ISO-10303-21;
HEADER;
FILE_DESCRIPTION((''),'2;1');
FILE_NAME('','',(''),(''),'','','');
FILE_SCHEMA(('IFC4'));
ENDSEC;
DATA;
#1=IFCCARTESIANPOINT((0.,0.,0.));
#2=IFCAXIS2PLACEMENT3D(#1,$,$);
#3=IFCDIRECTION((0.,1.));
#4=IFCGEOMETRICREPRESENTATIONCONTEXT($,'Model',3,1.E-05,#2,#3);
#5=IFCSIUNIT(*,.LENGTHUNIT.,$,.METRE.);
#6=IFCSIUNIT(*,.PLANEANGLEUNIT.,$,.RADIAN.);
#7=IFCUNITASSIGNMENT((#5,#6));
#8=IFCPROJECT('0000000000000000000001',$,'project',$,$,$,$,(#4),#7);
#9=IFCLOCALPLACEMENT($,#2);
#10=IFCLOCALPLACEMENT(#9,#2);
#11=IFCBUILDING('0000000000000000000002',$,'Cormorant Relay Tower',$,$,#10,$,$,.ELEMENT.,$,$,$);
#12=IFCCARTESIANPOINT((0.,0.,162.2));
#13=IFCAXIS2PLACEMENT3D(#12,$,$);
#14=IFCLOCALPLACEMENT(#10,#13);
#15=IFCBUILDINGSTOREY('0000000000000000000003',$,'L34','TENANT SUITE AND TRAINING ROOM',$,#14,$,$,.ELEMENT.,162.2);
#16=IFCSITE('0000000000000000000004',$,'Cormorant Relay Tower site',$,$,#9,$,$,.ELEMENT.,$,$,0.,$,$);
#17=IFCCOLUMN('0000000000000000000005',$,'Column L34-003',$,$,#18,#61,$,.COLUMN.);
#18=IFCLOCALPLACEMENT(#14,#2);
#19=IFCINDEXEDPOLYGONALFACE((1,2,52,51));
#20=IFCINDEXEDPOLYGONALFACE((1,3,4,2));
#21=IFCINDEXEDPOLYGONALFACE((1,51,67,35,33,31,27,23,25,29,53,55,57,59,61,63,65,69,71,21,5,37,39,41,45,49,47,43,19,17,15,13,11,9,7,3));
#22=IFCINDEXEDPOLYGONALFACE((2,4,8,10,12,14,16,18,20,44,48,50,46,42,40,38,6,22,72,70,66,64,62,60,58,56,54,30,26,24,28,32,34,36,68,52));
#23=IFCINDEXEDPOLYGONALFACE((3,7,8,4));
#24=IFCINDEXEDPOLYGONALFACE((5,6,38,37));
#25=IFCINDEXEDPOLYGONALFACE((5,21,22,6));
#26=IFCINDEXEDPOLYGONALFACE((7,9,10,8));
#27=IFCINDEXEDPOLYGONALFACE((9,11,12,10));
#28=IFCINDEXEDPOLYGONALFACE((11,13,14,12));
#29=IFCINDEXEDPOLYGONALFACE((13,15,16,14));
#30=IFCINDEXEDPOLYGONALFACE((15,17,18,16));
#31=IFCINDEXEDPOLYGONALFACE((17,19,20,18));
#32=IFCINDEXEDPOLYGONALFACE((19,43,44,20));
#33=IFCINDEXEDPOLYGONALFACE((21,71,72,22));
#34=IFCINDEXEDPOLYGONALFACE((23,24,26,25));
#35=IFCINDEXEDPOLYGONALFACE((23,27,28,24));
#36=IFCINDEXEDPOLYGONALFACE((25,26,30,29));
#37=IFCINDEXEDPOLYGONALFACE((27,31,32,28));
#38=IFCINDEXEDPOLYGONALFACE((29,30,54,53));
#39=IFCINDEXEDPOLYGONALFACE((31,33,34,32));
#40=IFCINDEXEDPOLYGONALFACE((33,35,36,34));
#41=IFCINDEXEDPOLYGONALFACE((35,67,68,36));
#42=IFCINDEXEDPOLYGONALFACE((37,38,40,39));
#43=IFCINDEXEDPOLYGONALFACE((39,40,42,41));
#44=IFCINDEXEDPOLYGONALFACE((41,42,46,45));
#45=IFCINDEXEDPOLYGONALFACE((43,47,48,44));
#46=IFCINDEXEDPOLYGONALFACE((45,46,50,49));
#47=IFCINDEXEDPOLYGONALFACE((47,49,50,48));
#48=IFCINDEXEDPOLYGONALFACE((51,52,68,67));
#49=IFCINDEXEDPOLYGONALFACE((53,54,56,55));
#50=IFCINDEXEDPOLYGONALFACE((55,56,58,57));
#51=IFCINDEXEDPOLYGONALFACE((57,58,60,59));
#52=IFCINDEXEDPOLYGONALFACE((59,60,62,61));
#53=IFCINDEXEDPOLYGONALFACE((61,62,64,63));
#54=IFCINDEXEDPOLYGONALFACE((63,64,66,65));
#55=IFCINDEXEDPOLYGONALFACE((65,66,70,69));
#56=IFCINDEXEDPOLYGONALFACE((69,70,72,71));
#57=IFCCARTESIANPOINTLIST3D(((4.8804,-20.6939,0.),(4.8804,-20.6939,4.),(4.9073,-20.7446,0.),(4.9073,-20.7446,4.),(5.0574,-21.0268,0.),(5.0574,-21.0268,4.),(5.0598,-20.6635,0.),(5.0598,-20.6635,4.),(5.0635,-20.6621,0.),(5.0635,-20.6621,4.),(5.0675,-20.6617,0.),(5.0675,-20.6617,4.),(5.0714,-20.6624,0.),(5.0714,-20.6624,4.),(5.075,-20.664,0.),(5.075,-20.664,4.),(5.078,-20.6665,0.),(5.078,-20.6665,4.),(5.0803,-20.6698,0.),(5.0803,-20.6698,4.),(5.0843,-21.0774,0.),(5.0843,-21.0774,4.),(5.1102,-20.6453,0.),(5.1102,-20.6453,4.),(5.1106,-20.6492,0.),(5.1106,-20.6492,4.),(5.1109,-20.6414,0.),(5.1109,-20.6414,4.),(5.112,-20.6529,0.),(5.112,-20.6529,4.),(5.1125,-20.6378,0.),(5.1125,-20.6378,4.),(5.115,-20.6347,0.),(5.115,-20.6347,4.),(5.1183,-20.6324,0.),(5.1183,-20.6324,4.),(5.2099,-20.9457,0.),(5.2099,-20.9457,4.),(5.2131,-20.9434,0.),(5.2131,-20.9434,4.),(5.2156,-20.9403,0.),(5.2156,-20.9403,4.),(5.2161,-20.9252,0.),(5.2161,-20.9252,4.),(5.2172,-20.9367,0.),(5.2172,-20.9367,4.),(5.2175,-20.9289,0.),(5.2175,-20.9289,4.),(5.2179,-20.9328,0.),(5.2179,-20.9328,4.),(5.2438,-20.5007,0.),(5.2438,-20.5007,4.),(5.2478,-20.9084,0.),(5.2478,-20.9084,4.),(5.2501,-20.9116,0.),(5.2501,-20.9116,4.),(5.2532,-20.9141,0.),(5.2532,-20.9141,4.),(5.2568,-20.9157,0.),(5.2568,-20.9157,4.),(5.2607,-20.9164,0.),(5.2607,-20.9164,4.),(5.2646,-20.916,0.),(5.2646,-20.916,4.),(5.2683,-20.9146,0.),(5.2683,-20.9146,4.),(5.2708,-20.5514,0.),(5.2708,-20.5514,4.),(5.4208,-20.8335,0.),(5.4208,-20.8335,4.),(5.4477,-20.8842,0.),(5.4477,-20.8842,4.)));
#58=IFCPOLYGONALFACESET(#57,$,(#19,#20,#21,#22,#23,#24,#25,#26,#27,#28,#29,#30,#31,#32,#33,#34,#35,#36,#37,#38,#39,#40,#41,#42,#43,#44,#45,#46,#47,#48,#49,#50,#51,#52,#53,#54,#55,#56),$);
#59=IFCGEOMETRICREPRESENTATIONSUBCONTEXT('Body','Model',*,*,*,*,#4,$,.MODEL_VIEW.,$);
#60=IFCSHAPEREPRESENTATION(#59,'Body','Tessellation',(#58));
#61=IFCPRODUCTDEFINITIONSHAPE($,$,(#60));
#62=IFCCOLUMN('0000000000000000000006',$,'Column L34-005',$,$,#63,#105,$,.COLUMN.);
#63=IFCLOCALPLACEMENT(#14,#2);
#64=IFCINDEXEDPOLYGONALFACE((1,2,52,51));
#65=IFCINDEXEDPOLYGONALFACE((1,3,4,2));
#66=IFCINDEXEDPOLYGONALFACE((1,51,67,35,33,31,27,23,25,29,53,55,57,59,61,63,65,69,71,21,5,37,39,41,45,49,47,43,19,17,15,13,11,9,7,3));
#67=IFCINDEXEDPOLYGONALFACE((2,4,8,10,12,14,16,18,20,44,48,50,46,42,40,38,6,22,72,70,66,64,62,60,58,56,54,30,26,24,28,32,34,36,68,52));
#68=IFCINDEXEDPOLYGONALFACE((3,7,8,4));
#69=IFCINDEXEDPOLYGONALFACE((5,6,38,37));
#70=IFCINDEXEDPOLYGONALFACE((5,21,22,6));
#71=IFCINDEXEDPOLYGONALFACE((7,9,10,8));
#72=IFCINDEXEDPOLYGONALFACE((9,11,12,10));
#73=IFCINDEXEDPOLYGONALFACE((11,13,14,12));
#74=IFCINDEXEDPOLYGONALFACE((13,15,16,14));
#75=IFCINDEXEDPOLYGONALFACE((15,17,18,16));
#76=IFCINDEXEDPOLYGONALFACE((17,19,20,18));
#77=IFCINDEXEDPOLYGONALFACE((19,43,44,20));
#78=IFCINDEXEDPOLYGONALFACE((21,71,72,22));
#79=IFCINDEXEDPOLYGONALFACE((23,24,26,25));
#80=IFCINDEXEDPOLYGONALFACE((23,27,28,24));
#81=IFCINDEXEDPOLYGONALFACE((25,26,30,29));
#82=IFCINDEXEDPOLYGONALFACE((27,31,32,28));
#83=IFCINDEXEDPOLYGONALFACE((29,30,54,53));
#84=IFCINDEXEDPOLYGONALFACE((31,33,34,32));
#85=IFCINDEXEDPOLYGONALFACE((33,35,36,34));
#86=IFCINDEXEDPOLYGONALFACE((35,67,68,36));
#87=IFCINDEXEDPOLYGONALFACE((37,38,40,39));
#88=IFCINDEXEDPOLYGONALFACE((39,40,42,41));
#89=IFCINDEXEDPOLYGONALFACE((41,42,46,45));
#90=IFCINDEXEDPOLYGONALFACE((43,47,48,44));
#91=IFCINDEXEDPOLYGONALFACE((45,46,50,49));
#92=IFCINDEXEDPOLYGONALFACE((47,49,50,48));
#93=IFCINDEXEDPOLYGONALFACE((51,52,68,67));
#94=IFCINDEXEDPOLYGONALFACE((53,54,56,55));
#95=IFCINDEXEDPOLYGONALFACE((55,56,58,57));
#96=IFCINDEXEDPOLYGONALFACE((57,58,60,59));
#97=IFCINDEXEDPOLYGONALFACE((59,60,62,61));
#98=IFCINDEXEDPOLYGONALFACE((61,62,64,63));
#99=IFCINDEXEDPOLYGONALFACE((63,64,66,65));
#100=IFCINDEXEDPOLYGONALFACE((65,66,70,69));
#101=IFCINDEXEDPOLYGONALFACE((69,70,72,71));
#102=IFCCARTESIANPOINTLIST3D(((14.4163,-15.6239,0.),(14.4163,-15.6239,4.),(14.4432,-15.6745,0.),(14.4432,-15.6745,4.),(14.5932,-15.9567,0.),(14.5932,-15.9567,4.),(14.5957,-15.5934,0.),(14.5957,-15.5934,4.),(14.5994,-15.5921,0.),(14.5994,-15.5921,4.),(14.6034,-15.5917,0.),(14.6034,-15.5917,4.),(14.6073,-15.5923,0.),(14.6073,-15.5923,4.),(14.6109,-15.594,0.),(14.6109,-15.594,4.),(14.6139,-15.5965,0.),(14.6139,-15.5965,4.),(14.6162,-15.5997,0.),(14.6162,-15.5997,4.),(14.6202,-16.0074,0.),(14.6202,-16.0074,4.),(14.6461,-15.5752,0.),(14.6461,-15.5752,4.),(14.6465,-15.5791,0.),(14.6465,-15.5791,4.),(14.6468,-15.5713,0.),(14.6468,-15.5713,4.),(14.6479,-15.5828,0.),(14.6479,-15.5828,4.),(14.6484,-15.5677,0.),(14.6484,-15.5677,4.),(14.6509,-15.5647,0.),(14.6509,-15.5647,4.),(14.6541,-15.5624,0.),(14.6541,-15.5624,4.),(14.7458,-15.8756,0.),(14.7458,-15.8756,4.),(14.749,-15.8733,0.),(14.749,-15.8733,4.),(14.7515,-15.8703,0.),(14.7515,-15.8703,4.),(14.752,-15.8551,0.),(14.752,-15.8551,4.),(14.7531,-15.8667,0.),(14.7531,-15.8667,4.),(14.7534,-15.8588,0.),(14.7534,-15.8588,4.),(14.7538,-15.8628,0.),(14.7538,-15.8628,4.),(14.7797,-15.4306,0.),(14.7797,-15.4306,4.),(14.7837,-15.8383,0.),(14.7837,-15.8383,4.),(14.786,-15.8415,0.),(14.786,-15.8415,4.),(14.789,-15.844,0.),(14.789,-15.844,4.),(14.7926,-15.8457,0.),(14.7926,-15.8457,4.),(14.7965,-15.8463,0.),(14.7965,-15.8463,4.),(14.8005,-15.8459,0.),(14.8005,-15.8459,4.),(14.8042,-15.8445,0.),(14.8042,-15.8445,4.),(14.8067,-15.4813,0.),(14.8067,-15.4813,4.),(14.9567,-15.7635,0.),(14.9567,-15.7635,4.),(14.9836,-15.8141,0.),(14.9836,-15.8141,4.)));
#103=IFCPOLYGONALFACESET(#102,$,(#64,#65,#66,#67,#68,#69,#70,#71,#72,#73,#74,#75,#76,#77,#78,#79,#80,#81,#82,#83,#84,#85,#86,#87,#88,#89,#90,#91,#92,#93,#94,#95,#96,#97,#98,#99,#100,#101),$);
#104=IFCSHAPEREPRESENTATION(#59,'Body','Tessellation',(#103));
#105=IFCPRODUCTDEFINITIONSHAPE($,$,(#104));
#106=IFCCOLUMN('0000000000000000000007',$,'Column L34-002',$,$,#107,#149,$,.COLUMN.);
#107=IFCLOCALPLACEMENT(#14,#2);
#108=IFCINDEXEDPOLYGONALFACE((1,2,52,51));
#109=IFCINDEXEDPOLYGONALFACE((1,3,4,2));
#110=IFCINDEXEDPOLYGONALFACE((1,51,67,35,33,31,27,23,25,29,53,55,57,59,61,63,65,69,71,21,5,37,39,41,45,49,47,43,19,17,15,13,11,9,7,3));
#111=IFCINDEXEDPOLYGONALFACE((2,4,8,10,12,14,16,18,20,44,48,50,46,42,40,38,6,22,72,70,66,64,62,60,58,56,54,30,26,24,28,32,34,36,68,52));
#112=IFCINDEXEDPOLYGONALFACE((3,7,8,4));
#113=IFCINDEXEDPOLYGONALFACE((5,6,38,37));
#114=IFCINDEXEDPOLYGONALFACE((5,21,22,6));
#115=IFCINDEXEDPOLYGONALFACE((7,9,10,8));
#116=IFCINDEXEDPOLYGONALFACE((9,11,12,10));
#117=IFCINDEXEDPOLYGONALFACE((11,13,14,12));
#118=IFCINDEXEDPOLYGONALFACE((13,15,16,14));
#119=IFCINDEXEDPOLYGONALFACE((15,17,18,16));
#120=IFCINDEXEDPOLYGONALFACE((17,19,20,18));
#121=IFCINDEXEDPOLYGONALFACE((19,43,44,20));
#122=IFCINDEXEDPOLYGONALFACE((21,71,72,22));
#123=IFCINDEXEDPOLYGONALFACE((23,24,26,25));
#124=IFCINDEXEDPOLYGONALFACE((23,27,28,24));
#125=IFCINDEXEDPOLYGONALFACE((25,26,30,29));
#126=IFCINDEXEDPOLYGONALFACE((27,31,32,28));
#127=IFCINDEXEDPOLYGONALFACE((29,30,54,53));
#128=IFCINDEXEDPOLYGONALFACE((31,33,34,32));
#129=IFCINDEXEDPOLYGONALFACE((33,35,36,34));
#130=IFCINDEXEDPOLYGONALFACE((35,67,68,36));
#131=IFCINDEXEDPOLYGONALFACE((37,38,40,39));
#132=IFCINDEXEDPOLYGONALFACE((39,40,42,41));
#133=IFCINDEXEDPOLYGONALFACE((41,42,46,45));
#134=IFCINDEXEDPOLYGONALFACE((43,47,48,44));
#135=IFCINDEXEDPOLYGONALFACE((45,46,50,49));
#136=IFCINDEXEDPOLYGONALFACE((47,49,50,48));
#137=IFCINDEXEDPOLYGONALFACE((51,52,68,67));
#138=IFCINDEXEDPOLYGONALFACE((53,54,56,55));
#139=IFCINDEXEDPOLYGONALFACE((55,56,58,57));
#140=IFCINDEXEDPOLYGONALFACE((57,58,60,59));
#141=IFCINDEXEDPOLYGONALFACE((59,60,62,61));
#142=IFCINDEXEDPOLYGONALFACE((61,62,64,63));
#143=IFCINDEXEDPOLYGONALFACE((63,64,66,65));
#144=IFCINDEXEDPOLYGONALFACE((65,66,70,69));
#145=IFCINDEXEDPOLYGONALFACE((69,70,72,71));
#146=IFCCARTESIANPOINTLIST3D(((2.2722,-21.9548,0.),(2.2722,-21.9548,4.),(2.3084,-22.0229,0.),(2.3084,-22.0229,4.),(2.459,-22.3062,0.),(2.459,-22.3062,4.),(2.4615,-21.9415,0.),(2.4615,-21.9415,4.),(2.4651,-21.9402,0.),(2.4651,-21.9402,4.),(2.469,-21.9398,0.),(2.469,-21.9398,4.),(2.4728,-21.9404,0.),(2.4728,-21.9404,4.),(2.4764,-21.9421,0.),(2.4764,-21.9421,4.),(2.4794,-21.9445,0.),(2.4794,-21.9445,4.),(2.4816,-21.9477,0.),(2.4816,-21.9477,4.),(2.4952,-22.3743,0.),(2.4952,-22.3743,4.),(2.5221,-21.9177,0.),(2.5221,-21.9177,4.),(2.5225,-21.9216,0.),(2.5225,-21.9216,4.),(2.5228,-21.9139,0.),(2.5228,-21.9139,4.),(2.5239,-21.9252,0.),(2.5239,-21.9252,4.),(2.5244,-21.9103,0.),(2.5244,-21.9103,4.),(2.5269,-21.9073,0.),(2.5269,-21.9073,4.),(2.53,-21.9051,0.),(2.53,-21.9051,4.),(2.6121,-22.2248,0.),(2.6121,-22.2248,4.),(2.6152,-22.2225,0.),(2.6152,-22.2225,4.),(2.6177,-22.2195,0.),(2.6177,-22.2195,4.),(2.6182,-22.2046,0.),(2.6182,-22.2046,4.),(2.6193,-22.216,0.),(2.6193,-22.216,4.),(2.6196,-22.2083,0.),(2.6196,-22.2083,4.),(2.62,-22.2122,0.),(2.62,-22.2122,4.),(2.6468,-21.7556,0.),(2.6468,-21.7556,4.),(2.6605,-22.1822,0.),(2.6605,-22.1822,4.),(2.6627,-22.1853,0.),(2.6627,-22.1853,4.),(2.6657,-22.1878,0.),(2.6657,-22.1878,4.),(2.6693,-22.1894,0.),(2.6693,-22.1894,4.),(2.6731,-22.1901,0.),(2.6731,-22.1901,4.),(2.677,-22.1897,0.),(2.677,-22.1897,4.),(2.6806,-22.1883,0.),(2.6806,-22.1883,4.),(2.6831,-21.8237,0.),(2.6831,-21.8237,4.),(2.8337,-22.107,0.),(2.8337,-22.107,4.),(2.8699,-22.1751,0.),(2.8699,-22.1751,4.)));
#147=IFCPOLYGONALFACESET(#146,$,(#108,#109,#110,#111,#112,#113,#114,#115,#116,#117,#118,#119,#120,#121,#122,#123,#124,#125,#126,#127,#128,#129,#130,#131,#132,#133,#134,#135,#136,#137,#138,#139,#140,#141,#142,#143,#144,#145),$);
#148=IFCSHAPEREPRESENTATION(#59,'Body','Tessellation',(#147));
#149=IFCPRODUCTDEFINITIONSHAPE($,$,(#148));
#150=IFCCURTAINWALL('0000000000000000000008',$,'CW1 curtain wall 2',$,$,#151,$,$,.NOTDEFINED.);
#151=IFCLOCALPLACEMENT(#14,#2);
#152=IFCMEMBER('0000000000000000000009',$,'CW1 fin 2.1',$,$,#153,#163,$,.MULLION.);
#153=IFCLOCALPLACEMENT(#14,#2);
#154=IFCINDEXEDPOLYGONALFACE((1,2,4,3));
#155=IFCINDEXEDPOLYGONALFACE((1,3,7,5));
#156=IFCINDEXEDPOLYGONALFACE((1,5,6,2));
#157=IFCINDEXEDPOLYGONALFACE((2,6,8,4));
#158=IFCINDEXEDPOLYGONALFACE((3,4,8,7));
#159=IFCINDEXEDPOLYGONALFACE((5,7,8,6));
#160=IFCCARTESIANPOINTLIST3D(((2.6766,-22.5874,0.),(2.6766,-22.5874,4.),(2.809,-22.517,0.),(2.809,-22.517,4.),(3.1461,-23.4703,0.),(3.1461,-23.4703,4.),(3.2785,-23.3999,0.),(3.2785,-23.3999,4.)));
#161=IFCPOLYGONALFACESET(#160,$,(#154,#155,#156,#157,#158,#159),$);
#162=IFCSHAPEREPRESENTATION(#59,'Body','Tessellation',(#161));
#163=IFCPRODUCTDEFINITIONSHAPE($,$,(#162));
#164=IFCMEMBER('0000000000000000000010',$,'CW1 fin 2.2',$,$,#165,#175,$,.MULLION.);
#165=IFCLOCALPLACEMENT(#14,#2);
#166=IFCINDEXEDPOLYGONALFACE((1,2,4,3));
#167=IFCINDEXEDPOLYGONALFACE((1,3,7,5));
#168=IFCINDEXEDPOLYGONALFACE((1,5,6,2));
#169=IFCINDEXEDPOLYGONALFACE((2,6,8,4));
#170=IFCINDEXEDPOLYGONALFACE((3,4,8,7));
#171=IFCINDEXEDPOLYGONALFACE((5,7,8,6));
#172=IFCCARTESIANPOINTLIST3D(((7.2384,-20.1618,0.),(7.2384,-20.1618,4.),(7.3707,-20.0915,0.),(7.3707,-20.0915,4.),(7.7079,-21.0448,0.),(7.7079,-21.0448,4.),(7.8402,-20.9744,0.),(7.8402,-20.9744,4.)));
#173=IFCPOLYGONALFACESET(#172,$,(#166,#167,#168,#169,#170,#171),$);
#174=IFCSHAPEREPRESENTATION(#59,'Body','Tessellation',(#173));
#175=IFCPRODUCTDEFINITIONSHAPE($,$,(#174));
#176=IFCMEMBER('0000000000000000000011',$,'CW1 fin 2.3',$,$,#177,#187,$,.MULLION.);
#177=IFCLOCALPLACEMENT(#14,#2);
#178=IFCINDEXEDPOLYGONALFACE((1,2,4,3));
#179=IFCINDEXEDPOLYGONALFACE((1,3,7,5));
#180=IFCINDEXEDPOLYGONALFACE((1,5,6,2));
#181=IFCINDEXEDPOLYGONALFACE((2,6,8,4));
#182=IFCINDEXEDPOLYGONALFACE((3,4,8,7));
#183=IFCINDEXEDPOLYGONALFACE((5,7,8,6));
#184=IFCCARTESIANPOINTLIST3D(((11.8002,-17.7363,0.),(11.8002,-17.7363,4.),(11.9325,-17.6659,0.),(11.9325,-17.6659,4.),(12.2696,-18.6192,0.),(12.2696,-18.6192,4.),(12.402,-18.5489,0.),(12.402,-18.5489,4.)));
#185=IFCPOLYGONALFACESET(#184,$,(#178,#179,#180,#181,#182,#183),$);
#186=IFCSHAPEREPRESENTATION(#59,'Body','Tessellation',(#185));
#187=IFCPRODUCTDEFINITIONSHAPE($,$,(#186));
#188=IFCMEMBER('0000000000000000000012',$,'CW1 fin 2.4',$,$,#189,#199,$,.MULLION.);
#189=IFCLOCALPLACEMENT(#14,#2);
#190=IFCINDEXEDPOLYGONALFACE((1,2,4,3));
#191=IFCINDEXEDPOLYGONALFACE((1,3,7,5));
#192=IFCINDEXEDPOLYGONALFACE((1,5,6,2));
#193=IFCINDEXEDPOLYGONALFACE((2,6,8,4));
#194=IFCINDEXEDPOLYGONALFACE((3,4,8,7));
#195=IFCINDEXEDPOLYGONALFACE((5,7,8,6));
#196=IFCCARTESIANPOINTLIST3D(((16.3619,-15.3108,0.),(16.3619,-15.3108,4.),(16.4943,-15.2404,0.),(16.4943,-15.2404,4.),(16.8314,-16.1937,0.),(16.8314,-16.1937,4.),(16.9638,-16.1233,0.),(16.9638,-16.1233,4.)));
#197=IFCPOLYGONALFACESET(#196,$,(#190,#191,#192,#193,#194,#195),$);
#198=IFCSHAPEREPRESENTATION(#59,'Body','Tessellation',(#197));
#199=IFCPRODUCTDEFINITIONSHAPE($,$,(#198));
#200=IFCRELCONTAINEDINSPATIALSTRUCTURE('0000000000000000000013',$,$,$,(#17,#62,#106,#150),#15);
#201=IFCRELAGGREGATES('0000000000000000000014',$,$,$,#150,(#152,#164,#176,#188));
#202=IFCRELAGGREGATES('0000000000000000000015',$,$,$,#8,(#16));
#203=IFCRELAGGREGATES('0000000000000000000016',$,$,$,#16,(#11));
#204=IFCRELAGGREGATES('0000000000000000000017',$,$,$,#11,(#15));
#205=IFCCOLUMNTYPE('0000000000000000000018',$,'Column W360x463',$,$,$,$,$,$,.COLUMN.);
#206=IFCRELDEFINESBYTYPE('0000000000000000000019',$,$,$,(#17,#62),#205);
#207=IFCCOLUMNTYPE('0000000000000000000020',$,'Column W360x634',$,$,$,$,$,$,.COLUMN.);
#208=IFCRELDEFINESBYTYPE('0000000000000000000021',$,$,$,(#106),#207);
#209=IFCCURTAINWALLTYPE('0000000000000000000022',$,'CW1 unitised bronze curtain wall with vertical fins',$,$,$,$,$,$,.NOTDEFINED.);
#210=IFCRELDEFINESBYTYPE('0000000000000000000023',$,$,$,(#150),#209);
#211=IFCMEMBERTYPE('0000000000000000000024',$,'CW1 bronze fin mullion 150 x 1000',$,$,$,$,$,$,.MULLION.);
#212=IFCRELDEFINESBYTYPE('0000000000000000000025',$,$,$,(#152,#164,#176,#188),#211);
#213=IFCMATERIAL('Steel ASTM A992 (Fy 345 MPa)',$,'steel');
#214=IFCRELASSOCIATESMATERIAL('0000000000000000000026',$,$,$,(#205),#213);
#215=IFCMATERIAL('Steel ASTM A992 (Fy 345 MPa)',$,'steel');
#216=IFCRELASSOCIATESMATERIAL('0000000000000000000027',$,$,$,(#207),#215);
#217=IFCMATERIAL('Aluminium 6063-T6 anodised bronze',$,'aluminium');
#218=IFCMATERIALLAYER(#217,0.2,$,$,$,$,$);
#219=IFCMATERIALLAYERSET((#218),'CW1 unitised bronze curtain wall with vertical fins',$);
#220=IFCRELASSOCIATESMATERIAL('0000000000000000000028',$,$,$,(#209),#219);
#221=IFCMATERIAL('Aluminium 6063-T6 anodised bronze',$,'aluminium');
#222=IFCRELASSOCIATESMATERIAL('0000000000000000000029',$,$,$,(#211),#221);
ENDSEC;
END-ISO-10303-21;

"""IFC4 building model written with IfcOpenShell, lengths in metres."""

from ifc_helpers import new_model, si_unit, direction, frame, origin, origin_2d, place, context, subcontext, project, spatial, rectangle, i_section, extrude, material, layer, layer_set, material_profile, profile_set, type_object, element, aggregate, save


model = new_model("IFC4")

# Units and contexts
model_context = context("Model", 3, precision=1e-05, world=origin(), true_north=direction((0.0, 1.0)))
body_context = subcontext(model_context, "Body", "Model", "MODEL_VIEW")
ifc_project = project(units=[si_unit("LENGTHUNIT", "METRE"), si_unit("PLANEANGLEUNIT", "RADIAN")], contexts=[model_context])

# Site, building, storey
site_placement = place(None, origin())
site = spatial("IfcSite", under=ifc_project, at=site_placement, Name="Cormorant Relay Tower site", CompositionType="ELEMENT", RefElevation=0.0)
building_placement = place(site_placement, origin())
building = spatial("IfcBuilding", under=site, at=building_placement, Name="Cormorant Relay Tower", CompositionType="ELEMENT")
storey_placement = place(building_placement, frame((0.0, 0.0, 162.2)))
storey = spatial("IfcBuildingStorey", under=building, at=storey_placement, Name="L34", Description="TENANT SUITE AND TRAINING ROOM", CompositionType="ELEMENT", Elevation=162.2)

# Columns
ifc_material_1 = material(Name="Steel ASTM A992 (Fy 345 MPa)", Category="steel")
ifc_material_profile_1 = material_profile(ifc_material_1, i_section(OverallWidth=0.4116, OverallDepth=0.4343, WebThickness=0.0359, FlangeThickness=0.0574, FilletRadius=0.0151, at=origin_2d()), Name="W360x463")
ifc_profile_set_1 = profile_set([ifc_material_profile_1], Name="Steel ASTM A992 (Fy 345 MPa)")
column_type_1 = type_object("IfcColumnType", Name="Column W360x463", PredefinedType="COLUMN", material=ifc_profile_set_1)
for number, where, z_axis, x_axis, name in (
    (1, (5.1641, -20.7891, 0.0), (0.0, 0.0, 1.0), (0.882948, 0.469472, 0.0), "Column L34-003"),
    (2, (14.7, -15.719, 0.0), (0.0, 0.0, 1.0), (0.882948, 0.469472, 0.0), "Column L34-005"),
):
    element("IfcColumn", number, at=place(storey_placement, frame(where, z_axis=z_axis, x_axis=x_axis)), inside=storey, type_object=column_type_1, Name=name, PredefinedType="COLUMN", context=body_context, shape_type="SweptSolid", body=[
        extrude(i_section(OverallWidth=0.4116, OverallDepth=0.4343, WebThickness=0.0359, FlangeThickness=0.0574, FilletRadius=0.0151, at=origin_2d()), origin(), (0.0, 0.0, 1.0), 4.0),
    ])
ifc_material_2 = material(Name="Steel ASTM A992 (Fy 345 MPa)", Category="steel")
ifc_material_profile_2 = material_profile(ifc_material_2, i_section(OverallWidth=0.4243, OverallDepth=0.4751, WebThickness=0.0479, FlangeThickness=0.0771, FilletRadius=0.0149, at=origin_2d()), Name="W360x634")
ifc_profile_set_2 = profile_set([ifc_material_profile_2], Name="Steel ASTM A992 (Fy 345 MPa)")
column_type_2 = type_object("IfcColumnType", Name="Column W360x634", PredefinedType="COLUMN", material=ifc_profile_set_2)
column_placement = place(storey_placement, frame((2.571, -22.0649, 0.0), z_axis=(0.0, 0.0, 1.0), x_axis=(0.882948, 0.469472, 0.0)))
element("IfcColumn", 3, at=column_placement, inside=storey, type_object=column_type_2, Name="Column L34-002", PredefinedType="COLUMN", context=body_context, shape_type="SweptSolid", body=[
    extrude(i_section(OverallWidth=0.4243, OverallDepth=0.4751, WebThickness=0.0479, FlangeThickness=0.0771, FilletRadius=0.0149, at=origin_2d()), origin(), (0.0, 0.0, 1.0), 4.0),
])

# Curtain wall, members
ifc_material_3 = material(Name="Aluminium 6063-T6 anodised bronze", Category="aluminium")
ifc_layer_1 = layer(ifc_material_3, 0.2)
ifc_layer_set_1 = layer_set([ifc_layer_1], Name="CW1 unitised bronze curtain wall with vertical fins")
curtain_wall_type = type_object("IfcCurtainWallType", Name="CW1 unitised bronze curtain wall with vertical fins", PredefinedType="NOTDEFINED", material=ifc_layer_set_1)
curtain_wall_1_placement = place(storey_placement, origin())
curtain_wall_1 = element("IfcCurtainWall", 4, at=curtain_wall_1_placement, inside=storey, type_object=curtain_wall_type, Name="CW1 curtain wall 2", PredefinedType="NOTDEFINED")
ifc_material_4 = material(Name="Aluminium 6063-T6 anodised bronze", Category="aluminium")
ifc_material_profile_3 = material_profile(ifc_material_4, rectangle(XDim=0.1499, YDim=1.0, at=origin_2d()), Name="AL 150x1000")
ifc_profile_set_3 = profile_set([ifc_material_profile_3], Name="Aluminium 6063-T6 anodised bronze")
member_type_1 = type_object("IfcMemberType", Name="CW1 bronze fin mullion 150 x 1000", PredefinedType="MULLION", material=ifc_profile_set_3)
member_1_placement = place(storey_placement, frame((2.9775, -22.9937, 0.0), z_axis=(0.0, 0.0, 1.0), x_axis=(0.882948, 0.469472, 0.0)))
member_1 = element("IfcMember", 5, at=member_1_placement, type_object=member_type_1, Name="CW1 fin 2.1", PredefinedType="MULLION", context=body_context, shape_type="SweptSolid", body=[
    extrude(rectangle(XDim=0.1499, YDim=1.0, at=origin_2d()), origin(), (0.0, 0.0, 1.0), 4.0),
])
member_2_placement = place(storey_placement, frame((7.5393, -20.5681, 0.0), z_axis=(0.0, 0.0, 1.0), x_axis=(0.882948, 0.469472, 0.0)))
member_2 = element("IfcMember", 6, at=member_2_placement, type_object=member_type_1, Name="CW1 fin 2.2", PredefinedType="MULLION", context=body_context, shape_type="SweptSolid", body=[
    extrude(rectangle(XDim=0.1499, YDim=1.0, at=origin_2d()), origin(), (0.0, 0.0, 1.0), 4.0),
])
member_3_placement = place(storey_placement, frame((12.1011, -18.1426, 0.0), z_axis=(0.0, 0.0, 1.0), x_axis=(0.882948, 0.469472, 0.0)))
member_3 = element("IfcMember", 7, at=member_3_placement, type_object=member_type_1, Name="CW1 fin 2.3", PredefinedType="MULLION", context=body_context, shape_type="SweptSolid", body=[
    extrude(rectangle(XDim=0.1499, YDim=1.0, at=origin_2d()), origin(), (0.0, 0.0, 1.0), 4.0),
])
member_4_placement = place(storey_placement, frame((16.6628, -15.717, 0.0), z_axis=(0.0, 0.0, 1.0), x_axis=(0.882948, 0.469472, 0.0)))
member_4 = element("IfcMember", 8, at=member_4_placement, type_object=member_type_1, Name="CW1 fin 2.4", PredefinedType="MULLION", context=body_context, shape_type="SweptSolid", body=[
    extrude(rectangle(XDim=0.1499, YDim=1.0, at=origin_2d()), origin(), (0.0, 0.0, 1.0), 4.0),
])

aggregate(curtain_wall_1, [member_1, member_2, member_3, member_4])

save(model, "model.ifc")
